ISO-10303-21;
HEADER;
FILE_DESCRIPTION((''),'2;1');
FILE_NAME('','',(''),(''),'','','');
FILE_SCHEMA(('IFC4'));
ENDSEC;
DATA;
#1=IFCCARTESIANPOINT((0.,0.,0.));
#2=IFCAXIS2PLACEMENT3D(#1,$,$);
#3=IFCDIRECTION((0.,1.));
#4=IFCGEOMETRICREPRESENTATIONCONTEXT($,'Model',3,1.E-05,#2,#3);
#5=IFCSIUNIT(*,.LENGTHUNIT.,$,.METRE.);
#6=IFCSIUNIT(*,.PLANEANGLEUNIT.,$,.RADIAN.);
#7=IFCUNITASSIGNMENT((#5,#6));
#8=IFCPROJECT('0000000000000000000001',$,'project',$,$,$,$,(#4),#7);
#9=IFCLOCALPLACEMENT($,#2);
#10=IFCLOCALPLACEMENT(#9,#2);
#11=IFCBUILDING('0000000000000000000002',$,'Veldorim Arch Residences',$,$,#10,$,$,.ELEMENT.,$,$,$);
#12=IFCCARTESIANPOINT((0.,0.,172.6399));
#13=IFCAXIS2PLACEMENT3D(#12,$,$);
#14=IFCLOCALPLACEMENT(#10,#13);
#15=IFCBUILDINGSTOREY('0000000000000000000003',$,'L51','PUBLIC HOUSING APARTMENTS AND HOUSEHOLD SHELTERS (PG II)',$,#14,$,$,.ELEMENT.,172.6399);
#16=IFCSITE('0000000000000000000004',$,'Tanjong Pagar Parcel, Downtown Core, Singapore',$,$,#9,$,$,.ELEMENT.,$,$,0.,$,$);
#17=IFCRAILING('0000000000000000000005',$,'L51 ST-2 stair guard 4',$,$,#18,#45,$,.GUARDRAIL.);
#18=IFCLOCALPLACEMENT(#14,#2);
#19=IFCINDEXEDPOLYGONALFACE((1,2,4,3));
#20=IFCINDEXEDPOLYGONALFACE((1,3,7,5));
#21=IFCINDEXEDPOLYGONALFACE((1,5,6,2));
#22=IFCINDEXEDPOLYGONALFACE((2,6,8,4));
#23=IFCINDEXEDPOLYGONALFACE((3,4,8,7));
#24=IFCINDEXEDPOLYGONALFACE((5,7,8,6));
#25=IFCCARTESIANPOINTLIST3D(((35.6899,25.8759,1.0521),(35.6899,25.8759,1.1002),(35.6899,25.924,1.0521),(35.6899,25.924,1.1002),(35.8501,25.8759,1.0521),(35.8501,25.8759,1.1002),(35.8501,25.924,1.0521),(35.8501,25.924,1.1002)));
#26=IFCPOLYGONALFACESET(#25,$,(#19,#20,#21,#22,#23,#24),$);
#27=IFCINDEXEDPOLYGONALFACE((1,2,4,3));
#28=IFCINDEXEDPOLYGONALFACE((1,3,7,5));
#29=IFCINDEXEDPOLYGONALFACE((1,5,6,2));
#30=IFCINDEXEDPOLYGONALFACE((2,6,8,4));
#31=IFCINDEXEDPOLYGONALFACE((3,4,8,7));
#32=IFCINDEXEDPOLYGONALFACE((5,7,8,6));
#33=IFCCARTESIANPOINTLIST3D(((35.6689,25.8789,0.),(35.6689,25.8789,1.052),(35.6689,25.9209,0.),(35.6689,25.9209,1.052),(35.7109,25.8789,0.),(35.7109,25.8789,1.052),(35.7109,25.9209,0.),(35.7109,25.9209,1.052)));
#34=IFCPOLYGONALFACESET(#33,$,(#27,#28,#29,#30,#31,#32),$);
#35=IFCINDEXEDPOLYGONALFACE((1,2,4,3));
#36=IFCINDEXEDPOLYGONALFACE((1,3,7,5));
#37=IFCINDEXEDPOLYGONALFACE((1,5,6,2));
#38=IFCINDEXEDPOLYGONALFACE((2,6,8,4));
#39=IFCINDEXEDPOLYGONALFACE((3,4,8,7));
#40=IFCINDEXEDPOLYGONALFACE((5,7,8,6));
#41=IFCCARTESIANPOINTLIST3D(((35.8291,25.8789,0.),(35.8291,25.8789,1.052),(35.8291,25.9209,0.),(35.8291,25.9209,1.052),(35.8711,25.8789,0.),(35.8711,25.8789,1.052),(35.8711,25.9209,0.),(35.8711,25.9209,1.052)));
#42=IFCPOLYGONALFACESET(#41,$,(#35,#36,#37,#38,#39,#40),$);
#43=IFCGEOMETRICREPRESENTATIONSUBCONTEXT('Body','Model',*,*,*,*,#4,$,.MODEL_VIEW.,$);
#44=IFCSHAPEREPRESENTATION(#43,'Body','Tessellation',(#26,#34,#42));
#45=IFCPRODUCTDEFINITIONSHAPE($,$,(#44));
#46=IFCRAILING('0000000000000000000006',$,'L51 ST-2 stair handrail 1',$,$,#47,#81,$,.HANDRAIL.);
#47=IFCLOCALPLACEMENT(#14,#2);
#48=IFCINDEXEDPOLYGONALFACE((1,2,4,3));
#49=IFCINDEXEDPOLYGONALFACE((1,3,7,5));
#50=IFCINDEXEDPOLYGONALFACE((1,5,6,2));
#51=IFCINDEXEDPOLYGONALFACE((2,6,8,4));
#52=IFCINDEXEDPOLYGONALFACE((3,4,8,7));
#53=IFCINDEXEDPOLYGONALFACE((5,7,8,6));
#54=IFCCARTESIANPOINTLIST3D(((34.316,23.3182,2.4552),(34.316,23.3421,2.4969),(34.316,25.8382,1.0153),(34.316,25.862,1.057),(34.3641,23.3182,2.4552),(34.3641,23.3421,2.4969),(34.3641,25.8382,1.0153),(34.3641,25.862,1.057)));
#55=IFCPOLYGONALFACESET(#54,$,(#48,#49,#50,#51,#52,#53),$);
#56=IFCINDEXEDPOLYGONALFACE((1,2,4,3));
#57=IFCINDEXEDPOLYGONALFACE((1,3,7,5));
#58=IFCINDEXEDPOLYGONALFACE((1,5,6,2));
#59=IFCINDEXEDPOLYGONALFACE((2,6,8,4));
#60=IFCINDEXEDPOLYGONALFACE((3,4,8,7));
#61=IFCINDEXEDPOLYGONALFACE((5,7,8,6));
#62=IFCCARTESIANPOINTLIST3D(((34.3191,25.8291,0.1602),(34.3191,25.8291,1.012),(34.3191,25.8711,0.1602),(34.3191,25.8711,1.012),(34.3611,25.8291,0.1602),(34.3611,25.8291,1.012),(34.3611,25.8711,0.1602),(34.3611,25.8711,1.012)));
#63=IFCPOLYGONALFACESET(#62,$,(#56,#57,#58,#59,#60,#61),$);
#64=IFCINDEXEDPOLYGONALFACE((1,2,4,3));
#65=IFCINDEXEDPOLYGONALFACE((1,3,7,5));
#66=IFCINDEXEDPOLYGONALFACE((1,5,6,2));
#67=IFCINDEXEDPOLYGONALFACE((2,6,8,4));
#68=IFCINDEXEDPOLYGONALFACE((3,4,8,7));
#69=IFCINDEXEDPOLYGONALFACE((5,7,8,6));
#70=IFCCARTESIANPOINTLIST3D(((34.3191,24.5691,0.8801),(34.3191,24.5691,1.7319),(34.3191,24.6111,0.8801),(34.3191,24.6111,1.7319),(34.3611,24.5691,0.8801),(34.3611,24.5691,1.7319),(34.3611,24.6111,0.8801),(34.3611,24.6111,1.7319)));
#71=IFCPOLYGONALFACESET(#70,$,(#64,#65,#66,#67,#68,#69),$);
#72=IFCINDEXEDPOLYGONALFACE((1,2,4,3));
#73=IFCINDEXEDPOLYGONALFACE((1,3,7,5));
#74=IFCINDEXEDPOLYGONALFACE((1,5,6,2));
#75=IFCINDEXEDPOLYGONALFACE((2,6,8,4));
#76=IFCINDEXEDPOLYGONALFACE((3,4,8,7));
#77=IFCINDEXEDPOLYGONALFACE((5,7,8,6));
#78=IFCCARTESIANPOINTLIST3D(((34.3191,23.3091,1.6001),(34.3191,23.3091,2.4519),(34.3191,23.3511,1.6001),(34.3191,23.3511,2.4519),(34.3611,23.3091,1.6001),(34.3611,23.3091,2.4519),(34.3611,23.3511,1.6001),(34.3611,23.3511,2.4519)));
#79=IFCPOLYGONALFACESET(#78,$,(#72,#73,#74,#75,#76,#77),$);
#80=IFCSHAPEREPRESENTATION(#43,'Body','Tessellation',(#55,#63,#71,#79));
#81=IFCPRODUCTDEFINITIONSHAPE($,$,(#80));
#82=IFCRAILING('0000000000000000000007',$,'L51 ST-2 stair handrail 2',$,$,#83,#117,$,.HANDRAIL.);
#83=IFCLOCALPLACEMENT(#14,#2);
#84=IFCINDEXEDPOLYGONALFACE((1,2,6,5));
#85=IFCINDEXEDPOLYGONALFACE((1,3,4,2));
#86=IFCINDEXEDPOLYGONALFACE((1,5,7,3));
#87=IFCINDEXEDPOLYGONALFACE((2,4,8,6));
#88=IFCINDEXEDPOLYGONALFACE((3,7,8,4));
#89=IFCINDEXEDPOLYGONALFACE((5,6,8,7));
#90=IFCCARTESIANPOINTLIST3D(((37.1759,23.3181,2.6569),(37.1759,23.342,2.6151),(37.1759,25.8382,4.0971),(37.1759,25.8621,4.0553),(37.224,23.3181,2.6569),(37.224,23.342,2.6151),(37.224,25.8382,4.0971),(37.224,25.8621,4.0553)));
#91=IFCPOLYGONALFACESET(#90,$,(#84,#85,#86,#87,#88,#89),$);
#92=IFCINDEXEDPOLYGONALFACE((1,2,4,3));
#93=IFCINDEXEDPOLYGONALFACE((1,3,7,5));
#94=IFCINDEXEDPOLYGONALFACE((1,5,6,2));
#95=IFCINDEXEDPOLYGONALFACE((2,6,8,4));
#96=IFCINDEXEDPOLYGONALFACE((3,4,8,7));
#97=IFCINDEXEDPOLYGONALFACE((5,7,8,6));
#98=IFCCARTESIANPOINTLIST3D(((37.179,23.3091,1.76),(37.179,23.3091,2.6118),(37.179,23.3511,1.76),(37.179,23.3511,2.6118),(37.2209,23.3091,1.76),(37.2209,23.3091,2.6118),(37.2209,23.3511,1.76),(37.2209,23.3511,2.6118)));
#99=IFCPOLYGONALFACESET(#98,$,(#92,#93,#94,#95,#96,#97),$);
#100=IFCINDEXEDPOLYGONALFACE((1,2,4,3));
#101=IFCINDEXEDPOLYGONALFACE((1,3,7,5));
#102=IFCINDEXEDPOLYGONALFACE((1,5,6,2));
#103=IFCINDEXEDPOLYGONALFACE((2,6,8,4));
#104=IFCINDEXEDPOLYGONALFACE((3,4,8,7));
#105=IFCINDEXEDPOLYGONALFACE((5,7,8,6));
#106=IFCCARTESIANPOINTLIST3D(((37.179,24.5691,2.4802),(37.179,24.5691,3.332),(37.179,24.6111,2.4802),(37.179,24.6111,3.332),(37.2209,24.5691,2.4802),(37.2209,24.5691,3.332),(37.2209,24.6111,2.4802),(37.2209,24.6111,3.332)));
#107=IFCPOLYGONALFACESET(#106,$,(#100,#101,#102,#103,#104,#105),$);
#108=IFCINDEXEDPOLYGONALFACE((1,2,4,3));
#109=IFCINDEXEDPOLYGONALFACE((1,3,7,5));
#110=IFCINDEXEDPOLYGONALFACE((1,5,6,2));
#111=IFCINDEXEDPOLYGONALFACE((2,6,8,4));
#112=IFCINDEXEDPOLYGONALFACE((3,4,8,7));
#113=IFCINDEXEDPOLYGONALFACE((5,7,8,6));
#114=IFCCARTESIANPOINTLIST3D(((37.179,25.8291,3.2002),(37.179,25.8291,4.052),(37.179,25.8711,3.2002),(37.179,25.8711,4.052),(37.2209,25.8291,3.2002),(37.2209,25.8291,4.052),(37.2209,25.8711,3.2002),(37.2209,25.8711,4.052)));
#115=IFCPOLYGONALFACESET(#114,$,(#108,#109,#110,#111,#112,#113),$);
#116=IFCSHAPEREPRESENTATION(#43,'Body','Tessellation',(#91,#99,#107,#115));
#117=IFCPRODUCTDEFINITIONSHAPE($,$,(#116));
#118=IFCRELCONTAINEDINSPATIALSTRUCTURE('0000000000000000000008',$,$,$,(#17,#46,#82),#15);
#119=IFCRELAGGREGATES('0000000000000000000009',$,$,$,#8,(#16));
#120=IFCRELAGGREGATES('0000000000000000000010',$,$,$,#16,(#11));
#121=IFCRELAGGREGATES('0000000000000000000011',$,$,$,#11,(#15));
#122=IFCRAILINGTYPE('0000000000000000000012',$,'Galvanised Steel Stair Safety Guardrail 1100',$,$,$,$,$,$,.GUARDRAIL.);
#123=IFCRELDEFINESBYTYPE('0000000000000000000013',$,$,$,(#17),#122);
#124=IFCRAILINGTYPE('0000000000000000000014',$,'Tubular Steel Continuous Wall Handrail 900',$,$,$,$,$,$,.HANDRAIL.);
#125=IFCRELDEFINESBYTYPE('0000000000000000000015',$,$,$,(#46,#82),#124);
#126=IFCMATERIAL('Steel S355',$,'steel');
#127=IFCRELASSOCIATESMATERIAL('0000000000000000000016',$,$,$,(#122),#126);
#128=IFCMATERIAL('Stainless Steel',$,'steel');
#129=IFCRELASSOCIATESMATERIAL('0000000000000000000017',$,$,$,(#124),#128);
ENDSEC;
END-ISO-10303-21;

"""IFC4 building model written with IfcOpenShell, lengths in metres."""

from ifc_helpers import new_model, si_unit, direction, frame, origin, origin_2d, place, context, subcontext, project, spatial, rectangle, extrude, material, type_object, element, save


model = new_model("IFC4")

# Units and contexts
model_context = context("Model", 3, precision=1e-05, world=origin(), true_north=direction((0.0, 1.0)))
body_context = subcontext(model_context, "Body", "Model", "MODEL_VIEW")
ifc_project = project(units=[si_unit("LENGTHUNIT", "METRE"), si_unit("PLANEANGLEUNIT", "RADIAN")], contexts=[model_context])

# Site, building, storey
site_placement = place(None, origin())
site = spatial("IfcSite", under=ifc_project, at=site_placement, Name="Tanjong Pagar Parcel, Downtown Core, Singapore", CompositionType="ELEMENT", RefElevation=0.0)
building_placement = place(site_placement, origin())
building = spatial("IfcBuilding", under=site, at=building_placement, Name="Veldorim Arch Residences", CompositionType="ELEMENT")
storey_placement = place(building_placement, frame((0.0, 0.0, 172.6399)))
storey = spatial("IfcBuildingStorey", under=building, at=storey_placement, Name="L51", Description="PUBLIC HOUSING APARTMENTS AND HOUSEHOLD SHELTERS (PG II)", CompositionType="ELEMENT", Elevation=172.6399)

# Railings
ifc_material_1 = material(Name="Steel S355", Category="steel")
railing_type_1 = type_object("IfcRailingType", Name="Galvanised Steel Stair Safety Guardrail 1100", PredefinedType="GUARDRAIL", material=ifc_material_1)
railing_1_placement = place(storey_placement, frame((35.6899, 25.8999, 0.0)))
element("IfcRailing", 1, at=railing_1_placement, inside=storey, type_object=railing_type_1, Name="L51 ST-2 stair guard 4", PredefinedType="GUARDRAIL", context=body_context, shape_type="SweptSolid", body=[
    extrude(rectangle(XDim=0.0481, YDim=0.0481, at=origin_2d()), frame((0.0, 0.0, 1.0762), z_axis=(1.0, 0.0, 0.0), x_axis=(0.0, 1.0, 0.0)), (0.0, 0.0, 1.0), 0.1602),
    extrude(rectangle(XDim=0.042, YDim=0.042, at=origin_2d()), origin(), (0.0, 0.0, 1.0), 1.052),
    extrude(rectangle(XDim=0.042, YDim=0.042, at=origin_2d()), frame((0.1602, 0.0, 0.0)), (0.0, 0.0, 1.0), 1.052),
])
ifc_material_2 = material(Name="Stainless Steel", Category="steel")
railing_type_2 = type_object("IfcRailingType", Name="Tubular Steel Continuous Wall Handrail 900", PredefinedType="HANDRAIL", material=ifc_material_2)
railing_2_placement = place(storey_placement, frame((34.3401, 25.8501, 0.1602)))
element("IfcRailing", 2, at=railing_2_placement, inside=storey, type_object=railing_type_2, Name="L51 ST-2 stair handrail 1", PredefinedType="HANDRAIL", context=body_context, shape_type="SweptSolid", body=[
    extrude(rectangle(XDim=0.0481, YDim=0.0481, at=origin_2d()), frame((0.0, 0.0, 0.876), z_axis=(0.0, -0.868253, 0.496121), x_axis=(1.0, 0.0, 0.0)), (0.0, 0.0, 1.0), 2.9023),
    extrude(rectangle(XDim=0.042, YDim=0.042, at=origin_2d()), origin(), (0.0, 0.0, 1.0), 0.8518),
    extrude(rectangle(XDim=0.042, YDim=0.042, at=origin_2d()), frame((0.0, -1.26, 0.72)), (0.0, 0.0, 1.0), 0.8518),
    extrude(rectangle(XDim=0.042, YDim=0.042, at=origin_2d()), frame((0.0, -2.52, 1.4399)), (0.0, 0.0, 1.0), 0.8518),
])
railing_3_placement = place(storey_placement, frame((37.2, 23.3301, 1.76)))
element("IfcRailing", 3, at=railing_3_placement, inside=storey, type_object=railing_type_2, Name="L51 ST-2 stair handrail 2", PredefinedType="HANDRAIL", context=body_context, shape_type="SweptSolid", body=[
    extrude(rectangle(XDim=0.0481, YDim=0.0481, at=origin_2d()), frame((0.0, 0.0, 0.876), z_axis=(0.0, 0.868217, 0.496184), x_axis=(-1.0, 0.0, 0.0)), (0.0, 0.0, 1.0), 2.9026),
    extrude(rectangle(XDim=0.042, YDim=0.042, at=origin_2d()), origin(), (0.0, 0.0, 1.0), 0.8518),
    extrude(rectangle(XDim=0.042, YDim=0.042, at=origin_2d()), frame((0.0, 1.26, 0.7202)), (0.0, 0.0, 1.0), 0.8518),
    extrude(rectangle(XDim=0.042, YDim=0.042, at=origin_2d()), frame((0.0, 2.52, 1.4402)), (0.0, 0.0, 1.0), 0.8518),
])

save(model, "model.ifc")
